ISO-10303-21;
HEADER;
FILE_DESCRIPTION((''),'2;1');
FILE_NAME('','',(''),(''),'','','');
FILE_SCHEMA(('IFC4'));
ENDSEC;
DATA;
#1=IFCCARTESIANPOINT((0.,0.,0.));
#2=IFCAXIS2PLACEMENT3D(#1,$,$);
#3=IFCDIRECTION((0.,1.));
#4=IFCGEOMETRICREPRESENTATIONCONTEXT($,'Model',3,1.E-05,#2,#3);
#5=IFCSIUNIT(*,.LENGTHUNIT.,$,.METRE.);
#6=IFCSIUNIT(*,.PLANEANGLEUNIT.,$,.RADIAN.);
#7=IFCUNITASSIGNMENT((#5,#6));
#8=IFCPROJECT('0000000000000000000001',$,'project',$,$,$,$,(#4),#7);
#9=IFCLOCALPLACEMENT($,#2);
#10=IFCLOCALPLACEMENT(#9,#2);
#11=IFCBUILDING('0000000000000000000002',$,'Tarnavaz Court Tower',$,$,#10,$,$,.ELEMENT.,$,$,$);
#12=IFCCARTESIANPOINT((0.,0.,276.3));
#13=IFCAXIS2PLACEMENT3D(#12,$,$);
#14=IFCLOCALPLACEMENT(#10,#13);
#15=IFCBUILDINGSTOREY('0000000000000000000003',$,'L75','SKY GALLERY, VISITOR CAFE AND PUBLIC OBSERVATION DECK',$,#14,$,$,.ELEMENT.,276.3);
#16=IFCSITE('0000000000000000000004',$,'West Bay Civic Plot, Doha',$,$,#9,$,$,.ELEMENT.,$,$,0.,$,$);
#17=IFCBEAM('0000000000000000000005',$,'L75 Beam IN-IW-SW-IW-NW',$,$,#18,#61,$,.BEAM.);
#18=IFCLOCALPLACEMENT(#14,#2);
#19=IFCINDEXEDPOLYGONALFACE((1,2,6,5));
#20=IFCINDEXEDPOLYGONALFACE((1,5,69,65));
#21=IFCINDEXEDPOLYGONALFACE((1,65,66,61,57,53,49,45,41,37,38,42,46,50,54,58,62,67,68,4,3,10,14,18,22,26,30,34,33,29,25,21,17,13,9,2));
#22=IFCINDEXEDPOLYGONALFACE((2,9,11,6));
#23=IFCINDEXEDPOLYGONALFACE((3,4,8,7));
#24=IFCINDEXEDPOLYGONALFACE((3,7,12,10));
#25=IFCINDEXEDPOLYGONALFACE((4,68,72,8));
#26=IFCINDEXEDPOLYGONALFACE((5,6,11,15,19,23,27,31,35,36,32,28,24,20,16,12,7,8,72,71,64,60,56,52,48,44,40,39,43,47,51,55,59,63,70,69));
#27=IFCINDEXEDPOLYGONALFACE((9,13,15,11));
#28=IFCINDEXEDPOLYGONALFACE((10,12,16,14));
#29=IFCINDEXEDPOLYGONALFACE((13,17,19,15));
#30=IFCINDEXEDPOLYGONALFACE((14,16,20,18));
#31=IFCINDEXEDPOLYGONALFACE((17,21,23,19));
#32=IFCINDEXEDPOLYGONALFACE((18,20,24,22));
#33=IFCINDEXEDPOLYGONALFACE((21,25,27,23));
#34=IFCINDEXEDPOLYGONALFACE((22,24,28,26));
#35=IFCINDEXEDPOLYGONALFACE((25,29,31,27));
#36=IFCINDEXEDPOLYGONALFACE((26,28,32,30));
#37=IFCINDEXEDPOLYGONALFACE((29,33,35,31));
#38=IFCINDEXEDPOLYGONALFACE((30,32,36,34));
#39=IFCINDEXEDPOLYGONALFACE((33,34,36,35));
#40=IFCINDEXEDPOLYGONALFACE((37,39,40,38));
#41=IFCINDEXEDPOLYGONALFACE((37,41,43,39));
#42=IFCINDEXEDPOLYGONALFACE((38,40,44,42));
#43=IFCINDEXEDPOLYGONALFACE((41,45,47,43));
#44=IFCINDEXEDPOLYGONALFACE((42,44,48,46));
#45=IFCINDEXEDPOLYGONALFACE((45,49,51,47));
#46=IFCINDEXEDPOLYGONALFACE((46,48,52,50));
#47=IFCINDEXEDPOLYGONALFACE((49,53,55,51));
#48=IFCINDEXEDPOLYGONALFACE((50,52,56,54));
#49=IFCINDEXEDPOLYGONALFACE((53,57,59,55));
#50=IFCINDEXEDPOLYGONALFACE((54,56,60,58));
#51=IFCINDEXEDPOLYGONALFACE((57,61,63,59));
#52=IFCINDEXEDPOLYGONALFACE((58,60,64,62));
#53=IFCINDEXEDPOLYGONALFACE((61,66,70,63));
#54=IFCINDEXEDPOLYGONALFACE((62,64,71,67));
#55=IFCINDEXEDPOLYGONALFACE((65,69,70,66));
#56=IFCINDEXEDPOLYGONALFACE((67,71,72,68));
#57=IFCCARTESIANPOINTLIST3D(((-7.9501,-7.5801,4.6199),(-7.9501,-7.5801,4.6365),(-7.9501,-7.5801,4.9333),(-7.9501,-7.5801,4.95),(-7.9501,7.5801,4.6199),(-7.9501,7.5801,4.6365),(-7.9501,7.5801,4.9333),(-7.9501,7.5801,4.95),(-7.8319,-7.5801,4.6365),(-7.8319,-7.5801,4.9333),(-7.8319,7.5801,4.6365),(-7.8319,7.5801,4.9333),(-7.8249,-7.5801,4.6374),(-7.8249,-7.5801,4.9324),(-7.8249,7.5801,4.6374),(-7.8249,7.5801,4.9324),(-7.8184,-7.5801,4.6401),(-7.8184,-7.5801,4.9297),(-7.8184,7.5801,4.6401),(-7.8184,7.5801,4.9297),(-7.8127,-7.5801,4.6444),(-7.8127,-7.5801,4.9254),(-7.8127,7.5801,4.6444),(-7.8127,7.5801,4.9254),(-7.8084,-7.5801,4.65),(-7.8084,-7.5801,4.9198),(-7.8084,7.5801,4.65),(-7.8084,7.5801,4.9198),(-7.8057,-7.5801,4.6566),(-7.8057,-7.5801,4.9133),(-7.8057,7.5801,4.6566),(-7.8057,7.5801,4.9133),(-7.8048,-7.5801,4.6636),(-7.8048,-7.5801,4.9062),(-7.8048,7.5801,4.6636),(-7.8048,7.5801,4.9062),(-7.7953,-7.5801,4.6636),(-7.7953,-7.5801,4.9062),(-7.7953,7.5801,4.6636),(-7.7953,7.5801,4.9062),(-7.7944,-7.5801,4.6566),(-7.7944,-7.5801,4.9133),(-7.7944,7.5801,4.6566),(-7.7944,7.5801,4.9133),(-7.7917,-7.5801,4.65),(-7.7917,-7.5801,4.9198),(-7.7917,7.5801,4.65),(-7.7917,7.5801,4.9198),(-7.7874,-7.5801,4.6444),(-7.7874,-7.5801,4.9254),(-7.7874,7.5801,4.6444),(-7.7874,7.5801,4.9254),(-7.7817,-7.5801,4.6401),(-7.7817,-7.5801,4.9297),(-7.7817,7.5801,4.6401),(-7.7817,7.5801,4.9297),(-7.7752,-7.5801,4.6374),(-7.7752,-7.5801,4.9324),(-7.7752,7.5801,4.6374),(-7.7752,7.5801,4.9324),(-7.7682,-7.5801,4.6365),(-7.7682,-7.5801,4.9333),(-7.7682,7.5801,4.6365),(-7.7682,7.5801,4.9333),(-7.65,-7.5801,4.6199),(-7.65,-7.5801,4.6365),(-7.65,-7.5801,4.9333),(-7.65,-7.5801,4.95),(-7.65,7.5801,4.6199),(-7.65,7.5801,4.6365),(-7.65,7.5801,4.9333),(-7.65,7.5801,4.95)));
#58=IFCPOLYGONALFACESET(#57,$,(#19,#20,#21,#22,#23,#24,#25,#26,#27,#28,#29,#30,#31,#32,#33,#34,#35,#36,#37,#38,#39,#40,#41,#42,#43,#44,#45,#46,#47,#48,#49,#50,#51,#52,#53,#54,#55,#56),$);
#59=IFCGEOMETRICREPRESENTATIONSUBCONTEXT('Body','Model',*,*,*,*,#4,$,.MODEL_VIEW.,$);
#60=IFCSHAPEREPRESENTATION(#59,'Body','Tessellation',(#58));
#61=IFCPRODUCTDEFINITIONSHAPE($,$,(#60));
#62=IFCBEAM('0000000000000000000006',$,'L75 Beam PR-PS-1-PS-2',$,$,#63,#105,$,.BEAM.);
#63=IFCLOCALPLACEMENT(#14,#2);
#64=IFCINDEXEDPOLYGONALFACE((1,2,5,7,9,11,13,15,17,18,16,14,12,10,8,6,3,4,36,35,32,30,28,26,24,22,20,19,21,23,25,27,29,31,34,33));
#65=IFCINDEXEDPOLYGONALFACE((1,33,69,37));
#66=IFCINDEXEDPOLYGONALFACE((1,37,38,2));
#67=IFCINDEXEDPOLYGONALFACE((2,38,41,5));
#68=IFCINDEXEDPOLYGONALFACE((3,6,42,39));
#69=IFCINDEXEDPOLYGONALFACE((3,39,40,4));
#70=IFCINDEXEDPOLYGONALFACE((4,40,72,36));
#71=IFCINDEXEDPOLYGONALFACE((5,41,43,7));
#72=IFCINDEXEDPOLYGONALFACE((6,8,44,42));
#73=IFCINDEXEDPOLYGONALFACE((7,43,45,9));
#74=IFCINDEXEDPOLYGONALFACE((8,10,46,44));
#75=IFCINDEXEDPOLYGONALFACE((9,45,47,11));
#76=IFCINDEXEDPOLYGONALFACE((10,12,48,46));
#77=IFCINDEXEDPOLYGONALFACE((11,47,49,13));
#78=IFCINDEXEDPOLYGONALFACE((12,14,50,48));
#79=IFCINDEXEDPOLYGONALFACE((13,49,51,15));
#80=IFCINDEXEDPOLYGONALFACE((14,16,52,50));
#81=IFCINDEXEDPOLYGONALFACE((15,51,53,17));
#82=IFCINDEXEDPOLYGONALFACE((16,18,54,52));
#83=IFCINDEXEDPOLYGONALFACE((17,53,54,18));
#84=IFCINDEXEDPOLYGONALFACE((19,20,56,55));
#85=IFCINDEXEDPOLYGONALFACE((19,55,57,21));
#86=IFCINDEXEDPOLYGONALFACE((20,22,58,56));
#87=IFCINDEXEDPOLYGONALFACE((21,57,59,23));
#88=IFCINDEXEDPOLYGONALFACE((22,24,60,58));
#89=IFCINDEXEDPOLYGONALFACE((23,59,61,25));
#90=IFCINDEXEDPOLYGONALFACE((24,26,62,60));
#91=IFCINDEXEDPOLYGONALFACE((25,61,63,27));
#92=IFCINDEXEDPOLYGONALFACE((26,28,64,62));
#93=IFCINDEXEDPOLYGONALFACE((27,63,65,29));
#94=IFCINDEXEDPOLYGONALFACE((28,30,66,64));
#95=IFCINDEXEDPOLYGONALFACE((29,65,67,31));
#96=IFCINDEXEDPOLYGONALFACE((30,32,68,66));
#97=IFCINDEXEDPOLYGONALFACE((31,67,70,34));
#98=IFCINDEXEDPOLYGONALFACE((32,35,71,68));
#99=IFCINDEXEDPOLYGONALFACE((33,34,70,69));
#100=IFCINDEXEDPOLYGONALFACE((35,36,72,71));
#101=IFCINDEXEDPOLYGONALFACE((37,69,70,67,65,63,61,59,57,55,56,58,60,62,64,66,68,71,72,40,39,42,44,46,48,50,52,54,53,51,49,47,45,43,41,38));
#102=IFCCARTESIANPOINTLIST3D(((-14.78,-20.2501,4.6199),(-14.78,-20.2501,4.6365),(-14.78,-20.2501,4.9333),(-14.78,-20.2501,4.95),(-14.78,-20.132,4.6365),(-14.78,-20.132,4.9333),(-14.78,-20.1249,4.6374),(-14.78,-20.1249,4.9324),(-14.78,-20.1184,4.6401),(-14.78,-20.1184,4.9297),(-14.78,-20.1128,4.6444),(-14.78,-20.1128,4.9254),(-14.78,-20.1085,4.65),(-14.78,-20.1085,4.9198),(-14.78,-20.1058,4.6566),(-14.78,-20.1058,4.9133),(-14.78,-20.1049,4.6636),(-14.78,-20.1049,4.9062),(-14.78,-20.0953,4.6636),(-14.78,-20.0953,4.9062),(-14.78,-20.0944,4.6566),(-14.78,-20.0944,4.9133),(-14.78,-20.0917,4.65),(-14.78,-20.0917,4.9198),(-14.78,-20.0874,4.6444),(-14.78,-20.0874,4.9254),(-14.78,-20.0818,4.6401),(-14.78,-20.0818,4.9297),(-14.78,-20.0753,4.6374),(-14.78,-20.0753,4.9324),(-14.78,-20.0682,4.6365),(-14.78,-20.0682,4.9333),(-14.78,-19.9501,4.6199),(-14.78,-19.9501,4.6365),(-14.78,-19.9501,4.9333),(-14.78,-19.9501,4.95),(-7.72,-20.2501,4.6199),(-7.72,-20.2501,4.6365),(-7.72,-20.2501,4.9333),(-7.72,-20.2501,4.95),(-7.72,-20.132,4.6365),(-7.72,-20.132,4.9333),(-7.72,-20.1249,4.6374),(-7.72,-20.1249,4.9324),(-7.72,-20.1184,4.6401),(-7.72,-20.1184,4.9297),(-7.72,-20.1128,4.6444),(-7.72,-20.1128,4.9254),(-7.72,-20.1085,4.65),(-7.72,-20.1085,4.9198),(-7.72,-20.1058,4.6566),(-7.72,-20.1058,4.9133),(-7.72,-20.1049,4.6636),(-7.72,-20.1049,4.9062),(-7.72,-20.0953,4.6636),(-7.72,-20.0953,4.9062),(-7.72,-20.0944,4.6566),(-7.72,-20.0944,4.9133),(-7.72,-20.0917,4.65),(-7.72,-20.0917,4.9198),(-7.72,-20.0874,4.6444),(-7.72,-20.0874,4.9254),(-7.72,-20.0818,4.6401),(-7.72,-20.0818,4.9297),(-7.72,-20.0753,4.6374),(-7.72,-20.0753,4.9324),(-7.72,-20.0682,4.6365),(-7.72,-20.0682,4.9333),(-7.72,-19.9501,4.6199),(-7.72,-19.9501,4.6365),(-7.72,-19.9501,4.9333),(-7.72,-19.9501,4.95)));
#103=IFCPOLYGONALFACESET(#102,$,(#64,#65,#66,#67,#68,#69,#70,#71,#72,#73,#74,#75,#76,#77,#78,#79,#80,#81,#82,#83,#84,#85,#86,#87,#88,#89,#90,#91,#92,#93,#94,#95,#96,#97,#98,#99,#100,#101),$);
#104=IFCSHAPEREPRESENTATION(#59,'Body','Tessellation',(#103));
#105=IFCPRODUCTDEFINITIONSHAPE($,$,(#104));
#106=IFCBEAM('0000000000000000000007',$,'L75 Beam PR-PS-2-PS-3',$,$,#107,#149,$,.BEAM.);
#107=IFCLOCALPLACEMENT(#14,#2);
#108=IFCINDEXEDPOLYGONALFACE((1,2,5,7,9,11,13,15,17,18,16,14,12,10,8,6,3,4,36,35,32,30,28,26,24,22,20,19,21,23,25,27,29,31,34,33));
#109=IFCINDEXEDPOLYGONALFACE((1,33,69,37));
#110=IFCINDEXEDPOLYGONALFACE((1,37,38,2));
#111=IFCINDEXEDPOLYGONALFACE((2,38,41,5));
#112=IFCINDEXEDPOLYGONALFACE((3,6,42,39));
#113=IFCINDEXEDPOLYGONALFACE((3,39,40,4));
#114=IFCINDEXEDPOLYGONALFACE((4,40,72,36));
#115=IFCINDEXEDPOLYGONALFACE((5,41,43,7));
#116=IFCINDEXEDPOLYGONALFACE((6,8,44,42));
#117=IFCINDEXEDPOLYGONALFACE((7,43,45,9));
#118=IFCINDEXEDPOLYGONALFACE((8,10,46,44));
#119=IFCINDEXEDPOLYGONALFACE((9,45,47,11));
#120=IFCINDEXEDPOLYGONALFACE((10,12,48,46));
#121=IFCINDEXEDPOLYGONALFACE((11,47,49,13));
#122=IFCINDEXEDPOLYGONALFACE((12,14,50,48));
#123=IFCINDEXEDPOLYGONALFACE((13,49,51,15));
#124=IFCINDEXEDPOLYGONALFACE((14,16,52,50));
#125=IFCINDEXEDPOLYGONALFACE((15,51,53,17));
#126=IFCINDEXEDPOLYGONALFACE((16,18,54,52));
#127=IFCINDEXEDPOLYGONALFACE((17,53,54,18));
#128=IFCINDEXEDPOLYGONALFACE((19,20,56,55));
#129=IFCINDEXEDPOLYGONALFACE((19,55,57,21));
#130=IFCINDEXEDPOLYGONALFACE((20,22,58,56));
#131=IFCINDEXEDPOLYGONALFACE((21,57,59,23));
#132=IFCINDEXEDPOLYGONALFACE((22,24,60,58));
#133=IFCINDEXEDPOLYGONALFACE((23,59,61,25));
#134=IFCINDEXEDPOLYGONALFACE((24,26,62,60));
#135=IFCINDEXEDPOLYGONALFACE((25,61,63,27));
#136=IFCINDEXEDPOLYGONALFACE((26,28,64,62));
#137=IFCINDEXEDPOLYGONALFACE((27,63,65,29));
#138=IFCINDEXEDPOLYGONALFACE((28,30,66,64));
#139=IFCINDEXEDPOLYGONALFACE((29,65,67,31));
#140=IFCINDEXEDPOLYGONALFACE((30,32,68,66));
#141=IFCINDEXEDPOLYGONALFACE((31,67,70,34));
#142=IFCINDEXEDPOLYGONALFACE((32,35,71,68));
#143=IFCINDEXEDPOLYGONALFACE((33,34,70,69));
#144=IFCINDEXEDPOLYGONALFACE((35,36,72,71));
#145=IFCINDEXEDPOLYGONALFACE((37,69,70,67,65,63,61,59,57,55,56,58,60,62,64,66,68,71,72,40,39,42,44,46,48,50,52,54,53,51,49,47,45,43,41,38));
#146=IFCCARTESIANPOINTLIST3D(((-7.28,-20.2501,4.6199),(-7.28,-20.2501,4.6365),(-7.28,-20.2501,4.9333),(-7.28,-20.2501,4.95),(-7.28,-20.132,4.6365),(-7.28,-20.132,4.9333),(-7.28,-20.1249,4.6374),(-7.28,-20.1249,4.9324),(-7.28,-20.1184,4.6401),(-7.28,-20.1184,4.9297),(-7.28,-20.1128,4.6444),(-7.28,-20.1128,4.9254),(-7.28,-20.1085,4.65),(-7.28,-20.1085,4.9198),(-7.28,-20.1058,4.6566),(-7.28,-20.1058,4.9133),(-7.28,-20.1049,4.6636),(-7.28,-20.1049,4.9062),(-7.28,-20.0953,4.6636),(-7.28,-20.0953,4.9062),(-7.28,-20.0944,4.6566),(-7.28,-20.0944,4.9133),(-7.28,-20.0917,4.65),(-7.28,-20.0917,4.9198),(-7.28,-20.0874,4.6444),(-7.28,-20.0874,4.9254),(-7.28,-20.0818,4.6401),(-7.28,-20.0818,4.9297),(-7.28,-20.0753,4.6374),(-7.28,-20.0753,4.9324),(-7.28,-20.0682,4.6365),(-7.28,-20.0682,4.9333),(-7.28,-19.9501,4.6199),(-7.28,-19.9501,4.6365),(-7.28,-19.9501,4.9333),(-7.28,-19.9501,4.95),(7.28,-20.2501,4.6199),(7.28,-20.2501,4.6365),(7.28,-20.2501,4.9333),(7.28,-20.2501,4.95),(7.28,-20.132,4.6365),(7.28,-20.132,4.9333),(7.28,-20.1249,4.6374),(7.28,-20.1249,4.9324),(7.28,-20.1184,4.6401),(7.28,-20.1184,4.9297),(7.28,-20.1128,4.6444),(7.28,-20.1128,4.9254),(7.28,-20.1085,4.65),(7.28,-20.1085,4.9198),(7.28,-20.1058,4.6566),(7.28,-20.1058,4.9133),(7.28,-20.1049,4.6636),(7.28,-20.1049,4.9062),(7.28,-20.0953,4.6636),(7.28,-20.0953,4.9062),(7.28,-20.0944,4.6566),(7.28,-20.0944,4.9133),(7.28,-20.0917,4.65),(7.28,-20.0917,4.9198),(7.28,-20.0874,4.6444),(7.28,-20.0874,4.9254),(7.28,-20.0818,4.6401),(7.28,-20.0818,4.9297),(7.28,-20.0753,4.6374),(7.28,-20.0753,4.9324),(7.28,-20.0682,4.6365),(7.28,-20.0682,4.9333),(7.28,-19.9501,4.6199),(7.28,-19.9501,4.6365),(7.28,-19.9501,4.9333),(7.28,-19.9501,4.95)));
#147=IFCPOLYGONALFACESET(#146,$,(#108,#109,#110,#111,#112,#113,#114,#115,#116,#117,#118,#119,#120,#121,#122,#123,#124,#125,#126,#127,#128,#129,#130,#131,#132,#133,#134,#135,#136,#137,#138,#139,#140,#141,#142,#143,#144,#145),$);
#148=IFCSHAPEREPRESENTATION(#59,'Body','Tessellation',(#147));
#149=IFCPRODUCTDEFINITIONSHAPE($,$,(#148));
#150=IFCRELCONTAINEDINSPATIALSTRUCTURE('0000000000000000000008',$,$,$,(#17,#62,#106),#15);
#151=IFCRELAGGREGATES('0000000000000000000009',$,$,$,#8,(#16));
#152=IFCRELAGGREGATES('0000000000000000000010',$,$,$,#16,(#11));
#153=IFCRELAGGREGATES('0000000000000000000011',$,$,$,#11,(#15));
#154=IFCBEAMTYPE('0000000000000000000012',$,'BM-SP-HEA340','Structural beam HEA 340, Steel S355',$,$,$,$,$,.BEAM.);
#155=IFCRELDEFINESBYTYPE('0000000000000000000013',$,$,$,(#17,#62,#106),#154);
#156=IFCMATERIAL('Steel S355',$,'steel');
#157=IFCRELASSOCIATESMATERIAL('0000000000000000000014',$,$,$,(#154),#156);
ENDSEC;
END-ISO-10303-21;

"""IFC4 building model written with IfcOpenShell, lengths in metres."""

from ifc_helpers import new_model, si_unit, direction, frame, origin, origin_2d, place, context, subcontext, project, spatial, i_section, extrude, material, material_profile, profile_set, type_object, element, save


model = new_model("IFC4")

# Units and contexts
model_context = context("Model", 3, precision=1e-05, world=origin(), true_north=direction((0.0, 1.0)))
body_context = subcontext(model_context, "Body", "Model", "MODEL_VIEW")
ifc_project = project(units=[si_unit("LENGTHUNIT", "METRE"), si_unit("PLANEANGLEUNIT", "RADIAN")], contexts=[model_context])

# Site, building, storey
site_placement = place(None, origin())
site = spatial("IfcSite", under=ifc_project, at=site_placement, Name="West Bay Civic Plot, Doha", CompositionType="ELEMENT", RefElevation=0.0)
building_placement = place(site_placement, origin())
building = spatial("IfcBuilding", under=site, at=building_placement, Name="Tarnavaz Court Tower", CompositionType="ELEMENT")
storey_placement = place(building_placement, frame((0.0, 0.0, 276.3)))
storey = spatial("IfcBuildingStorey", under=building, at=storey_placement, Name="L75", Description="SKY GALLERY, VISITOR CAFE AND PUBLIC OBSERVATION DECK", CompositionType="ELEMENT", Elevation=276.3)

# Beams
ifc_material_1 = material(Name="Steel S355", Category="steel")
ifc_material_profile_1 = material_profile(ifc_material_1, i_section(OverallWidth=0.3, OverallDepth=0.3301, WebThickness=0.0095, FlangeThickness=0.0166, FilletRadius=0.0271, at=origin_2d()), Name="HEA 340")
ifc_profile_set_1 = profile_set([ifc_material_profile_1], Name="Steel S355")
beam_type_1 = type_object("IfcBeamType", Name="BM-SP-HEA340", Description="Structural beam HEA 340, Steel S355", PredefinedType="BEAM", material=ifc_profile_set_1)
for number, where, z_axis, x_axis, name in (
    (1, (-7.8, -7.5801, 4.7849), (0.0, 1.0, 0.0), (-1.0, 0.0, 0.0), "L75 Beam IN-IW-SW-IW-NW"),
):
    element("IfcBeam", number, at=place(storey_placement, frame(where, z_axis=z_axis, x_axis=x_axis)), inside=storey, type_object=beam_type_1, Name=name, PredefinedType="BEAM", context=body_context, shape_type="SweptSolid", body=[
        extrude(i_section(OverallWidth=0.3, OverallDepth=0.3301, WebThickness=0.0095, FlangeThickness=0.0166, FilletRadius=0.0271, at=origin_2d()), origin(), (0.0, 0.0, 1.0), 15.1602),
    ])
beam_1_placement = place(storey_placement, frame((-14.78, -20.1001, 4.7849), z_axis=(1.0, 0.0, 0.0), x_axis=(0.0, 1.0, 0.0)))
element("IfcBeam", 2, at=beam_1_placement, inside=storey, type_object=beam_type_1, Name="L75 Beam PR-PS-1-PS-2", PredefinedType="BEAM", context=body_context, shape_type="SweptSolid", body=[
    extrude(i_section(OverallWidth=0.3, OverallDepth=0.3301, WebThickness=0.0095, FlangeThickness=0.0166, FilletRadius=0.0271, at=origin_2d()), origin(), (0.0, 0.0, 1.0), 7.0601),
])
beam_2_placement = place(storey_placement, frame((-7.28, -20.1001, 4.7849), z_axis=(1.0, 0.0, 0.0), x_axis=(0.0, 1.0, 0.0)))
element("IfcBeam", 3, at=beam_2_placement, inside=storey, type_object=beam_type_1, Name="L75 Beam PR-PS-2-PS-3", PredefinedType="BEAM", context=body_context, shape_type="SweptSolid", body=[
    extrude(i_section(OverallWidth=0.3, OverallDepth=0.3301, WebThickness=0.0095, FlangeThickness=0.0166, FilletRadius=0.0271, at=origin_2d()), origin(), (0.0, 0.0, 1.0), 14.5601),
])

save(model, "model.ifc")
